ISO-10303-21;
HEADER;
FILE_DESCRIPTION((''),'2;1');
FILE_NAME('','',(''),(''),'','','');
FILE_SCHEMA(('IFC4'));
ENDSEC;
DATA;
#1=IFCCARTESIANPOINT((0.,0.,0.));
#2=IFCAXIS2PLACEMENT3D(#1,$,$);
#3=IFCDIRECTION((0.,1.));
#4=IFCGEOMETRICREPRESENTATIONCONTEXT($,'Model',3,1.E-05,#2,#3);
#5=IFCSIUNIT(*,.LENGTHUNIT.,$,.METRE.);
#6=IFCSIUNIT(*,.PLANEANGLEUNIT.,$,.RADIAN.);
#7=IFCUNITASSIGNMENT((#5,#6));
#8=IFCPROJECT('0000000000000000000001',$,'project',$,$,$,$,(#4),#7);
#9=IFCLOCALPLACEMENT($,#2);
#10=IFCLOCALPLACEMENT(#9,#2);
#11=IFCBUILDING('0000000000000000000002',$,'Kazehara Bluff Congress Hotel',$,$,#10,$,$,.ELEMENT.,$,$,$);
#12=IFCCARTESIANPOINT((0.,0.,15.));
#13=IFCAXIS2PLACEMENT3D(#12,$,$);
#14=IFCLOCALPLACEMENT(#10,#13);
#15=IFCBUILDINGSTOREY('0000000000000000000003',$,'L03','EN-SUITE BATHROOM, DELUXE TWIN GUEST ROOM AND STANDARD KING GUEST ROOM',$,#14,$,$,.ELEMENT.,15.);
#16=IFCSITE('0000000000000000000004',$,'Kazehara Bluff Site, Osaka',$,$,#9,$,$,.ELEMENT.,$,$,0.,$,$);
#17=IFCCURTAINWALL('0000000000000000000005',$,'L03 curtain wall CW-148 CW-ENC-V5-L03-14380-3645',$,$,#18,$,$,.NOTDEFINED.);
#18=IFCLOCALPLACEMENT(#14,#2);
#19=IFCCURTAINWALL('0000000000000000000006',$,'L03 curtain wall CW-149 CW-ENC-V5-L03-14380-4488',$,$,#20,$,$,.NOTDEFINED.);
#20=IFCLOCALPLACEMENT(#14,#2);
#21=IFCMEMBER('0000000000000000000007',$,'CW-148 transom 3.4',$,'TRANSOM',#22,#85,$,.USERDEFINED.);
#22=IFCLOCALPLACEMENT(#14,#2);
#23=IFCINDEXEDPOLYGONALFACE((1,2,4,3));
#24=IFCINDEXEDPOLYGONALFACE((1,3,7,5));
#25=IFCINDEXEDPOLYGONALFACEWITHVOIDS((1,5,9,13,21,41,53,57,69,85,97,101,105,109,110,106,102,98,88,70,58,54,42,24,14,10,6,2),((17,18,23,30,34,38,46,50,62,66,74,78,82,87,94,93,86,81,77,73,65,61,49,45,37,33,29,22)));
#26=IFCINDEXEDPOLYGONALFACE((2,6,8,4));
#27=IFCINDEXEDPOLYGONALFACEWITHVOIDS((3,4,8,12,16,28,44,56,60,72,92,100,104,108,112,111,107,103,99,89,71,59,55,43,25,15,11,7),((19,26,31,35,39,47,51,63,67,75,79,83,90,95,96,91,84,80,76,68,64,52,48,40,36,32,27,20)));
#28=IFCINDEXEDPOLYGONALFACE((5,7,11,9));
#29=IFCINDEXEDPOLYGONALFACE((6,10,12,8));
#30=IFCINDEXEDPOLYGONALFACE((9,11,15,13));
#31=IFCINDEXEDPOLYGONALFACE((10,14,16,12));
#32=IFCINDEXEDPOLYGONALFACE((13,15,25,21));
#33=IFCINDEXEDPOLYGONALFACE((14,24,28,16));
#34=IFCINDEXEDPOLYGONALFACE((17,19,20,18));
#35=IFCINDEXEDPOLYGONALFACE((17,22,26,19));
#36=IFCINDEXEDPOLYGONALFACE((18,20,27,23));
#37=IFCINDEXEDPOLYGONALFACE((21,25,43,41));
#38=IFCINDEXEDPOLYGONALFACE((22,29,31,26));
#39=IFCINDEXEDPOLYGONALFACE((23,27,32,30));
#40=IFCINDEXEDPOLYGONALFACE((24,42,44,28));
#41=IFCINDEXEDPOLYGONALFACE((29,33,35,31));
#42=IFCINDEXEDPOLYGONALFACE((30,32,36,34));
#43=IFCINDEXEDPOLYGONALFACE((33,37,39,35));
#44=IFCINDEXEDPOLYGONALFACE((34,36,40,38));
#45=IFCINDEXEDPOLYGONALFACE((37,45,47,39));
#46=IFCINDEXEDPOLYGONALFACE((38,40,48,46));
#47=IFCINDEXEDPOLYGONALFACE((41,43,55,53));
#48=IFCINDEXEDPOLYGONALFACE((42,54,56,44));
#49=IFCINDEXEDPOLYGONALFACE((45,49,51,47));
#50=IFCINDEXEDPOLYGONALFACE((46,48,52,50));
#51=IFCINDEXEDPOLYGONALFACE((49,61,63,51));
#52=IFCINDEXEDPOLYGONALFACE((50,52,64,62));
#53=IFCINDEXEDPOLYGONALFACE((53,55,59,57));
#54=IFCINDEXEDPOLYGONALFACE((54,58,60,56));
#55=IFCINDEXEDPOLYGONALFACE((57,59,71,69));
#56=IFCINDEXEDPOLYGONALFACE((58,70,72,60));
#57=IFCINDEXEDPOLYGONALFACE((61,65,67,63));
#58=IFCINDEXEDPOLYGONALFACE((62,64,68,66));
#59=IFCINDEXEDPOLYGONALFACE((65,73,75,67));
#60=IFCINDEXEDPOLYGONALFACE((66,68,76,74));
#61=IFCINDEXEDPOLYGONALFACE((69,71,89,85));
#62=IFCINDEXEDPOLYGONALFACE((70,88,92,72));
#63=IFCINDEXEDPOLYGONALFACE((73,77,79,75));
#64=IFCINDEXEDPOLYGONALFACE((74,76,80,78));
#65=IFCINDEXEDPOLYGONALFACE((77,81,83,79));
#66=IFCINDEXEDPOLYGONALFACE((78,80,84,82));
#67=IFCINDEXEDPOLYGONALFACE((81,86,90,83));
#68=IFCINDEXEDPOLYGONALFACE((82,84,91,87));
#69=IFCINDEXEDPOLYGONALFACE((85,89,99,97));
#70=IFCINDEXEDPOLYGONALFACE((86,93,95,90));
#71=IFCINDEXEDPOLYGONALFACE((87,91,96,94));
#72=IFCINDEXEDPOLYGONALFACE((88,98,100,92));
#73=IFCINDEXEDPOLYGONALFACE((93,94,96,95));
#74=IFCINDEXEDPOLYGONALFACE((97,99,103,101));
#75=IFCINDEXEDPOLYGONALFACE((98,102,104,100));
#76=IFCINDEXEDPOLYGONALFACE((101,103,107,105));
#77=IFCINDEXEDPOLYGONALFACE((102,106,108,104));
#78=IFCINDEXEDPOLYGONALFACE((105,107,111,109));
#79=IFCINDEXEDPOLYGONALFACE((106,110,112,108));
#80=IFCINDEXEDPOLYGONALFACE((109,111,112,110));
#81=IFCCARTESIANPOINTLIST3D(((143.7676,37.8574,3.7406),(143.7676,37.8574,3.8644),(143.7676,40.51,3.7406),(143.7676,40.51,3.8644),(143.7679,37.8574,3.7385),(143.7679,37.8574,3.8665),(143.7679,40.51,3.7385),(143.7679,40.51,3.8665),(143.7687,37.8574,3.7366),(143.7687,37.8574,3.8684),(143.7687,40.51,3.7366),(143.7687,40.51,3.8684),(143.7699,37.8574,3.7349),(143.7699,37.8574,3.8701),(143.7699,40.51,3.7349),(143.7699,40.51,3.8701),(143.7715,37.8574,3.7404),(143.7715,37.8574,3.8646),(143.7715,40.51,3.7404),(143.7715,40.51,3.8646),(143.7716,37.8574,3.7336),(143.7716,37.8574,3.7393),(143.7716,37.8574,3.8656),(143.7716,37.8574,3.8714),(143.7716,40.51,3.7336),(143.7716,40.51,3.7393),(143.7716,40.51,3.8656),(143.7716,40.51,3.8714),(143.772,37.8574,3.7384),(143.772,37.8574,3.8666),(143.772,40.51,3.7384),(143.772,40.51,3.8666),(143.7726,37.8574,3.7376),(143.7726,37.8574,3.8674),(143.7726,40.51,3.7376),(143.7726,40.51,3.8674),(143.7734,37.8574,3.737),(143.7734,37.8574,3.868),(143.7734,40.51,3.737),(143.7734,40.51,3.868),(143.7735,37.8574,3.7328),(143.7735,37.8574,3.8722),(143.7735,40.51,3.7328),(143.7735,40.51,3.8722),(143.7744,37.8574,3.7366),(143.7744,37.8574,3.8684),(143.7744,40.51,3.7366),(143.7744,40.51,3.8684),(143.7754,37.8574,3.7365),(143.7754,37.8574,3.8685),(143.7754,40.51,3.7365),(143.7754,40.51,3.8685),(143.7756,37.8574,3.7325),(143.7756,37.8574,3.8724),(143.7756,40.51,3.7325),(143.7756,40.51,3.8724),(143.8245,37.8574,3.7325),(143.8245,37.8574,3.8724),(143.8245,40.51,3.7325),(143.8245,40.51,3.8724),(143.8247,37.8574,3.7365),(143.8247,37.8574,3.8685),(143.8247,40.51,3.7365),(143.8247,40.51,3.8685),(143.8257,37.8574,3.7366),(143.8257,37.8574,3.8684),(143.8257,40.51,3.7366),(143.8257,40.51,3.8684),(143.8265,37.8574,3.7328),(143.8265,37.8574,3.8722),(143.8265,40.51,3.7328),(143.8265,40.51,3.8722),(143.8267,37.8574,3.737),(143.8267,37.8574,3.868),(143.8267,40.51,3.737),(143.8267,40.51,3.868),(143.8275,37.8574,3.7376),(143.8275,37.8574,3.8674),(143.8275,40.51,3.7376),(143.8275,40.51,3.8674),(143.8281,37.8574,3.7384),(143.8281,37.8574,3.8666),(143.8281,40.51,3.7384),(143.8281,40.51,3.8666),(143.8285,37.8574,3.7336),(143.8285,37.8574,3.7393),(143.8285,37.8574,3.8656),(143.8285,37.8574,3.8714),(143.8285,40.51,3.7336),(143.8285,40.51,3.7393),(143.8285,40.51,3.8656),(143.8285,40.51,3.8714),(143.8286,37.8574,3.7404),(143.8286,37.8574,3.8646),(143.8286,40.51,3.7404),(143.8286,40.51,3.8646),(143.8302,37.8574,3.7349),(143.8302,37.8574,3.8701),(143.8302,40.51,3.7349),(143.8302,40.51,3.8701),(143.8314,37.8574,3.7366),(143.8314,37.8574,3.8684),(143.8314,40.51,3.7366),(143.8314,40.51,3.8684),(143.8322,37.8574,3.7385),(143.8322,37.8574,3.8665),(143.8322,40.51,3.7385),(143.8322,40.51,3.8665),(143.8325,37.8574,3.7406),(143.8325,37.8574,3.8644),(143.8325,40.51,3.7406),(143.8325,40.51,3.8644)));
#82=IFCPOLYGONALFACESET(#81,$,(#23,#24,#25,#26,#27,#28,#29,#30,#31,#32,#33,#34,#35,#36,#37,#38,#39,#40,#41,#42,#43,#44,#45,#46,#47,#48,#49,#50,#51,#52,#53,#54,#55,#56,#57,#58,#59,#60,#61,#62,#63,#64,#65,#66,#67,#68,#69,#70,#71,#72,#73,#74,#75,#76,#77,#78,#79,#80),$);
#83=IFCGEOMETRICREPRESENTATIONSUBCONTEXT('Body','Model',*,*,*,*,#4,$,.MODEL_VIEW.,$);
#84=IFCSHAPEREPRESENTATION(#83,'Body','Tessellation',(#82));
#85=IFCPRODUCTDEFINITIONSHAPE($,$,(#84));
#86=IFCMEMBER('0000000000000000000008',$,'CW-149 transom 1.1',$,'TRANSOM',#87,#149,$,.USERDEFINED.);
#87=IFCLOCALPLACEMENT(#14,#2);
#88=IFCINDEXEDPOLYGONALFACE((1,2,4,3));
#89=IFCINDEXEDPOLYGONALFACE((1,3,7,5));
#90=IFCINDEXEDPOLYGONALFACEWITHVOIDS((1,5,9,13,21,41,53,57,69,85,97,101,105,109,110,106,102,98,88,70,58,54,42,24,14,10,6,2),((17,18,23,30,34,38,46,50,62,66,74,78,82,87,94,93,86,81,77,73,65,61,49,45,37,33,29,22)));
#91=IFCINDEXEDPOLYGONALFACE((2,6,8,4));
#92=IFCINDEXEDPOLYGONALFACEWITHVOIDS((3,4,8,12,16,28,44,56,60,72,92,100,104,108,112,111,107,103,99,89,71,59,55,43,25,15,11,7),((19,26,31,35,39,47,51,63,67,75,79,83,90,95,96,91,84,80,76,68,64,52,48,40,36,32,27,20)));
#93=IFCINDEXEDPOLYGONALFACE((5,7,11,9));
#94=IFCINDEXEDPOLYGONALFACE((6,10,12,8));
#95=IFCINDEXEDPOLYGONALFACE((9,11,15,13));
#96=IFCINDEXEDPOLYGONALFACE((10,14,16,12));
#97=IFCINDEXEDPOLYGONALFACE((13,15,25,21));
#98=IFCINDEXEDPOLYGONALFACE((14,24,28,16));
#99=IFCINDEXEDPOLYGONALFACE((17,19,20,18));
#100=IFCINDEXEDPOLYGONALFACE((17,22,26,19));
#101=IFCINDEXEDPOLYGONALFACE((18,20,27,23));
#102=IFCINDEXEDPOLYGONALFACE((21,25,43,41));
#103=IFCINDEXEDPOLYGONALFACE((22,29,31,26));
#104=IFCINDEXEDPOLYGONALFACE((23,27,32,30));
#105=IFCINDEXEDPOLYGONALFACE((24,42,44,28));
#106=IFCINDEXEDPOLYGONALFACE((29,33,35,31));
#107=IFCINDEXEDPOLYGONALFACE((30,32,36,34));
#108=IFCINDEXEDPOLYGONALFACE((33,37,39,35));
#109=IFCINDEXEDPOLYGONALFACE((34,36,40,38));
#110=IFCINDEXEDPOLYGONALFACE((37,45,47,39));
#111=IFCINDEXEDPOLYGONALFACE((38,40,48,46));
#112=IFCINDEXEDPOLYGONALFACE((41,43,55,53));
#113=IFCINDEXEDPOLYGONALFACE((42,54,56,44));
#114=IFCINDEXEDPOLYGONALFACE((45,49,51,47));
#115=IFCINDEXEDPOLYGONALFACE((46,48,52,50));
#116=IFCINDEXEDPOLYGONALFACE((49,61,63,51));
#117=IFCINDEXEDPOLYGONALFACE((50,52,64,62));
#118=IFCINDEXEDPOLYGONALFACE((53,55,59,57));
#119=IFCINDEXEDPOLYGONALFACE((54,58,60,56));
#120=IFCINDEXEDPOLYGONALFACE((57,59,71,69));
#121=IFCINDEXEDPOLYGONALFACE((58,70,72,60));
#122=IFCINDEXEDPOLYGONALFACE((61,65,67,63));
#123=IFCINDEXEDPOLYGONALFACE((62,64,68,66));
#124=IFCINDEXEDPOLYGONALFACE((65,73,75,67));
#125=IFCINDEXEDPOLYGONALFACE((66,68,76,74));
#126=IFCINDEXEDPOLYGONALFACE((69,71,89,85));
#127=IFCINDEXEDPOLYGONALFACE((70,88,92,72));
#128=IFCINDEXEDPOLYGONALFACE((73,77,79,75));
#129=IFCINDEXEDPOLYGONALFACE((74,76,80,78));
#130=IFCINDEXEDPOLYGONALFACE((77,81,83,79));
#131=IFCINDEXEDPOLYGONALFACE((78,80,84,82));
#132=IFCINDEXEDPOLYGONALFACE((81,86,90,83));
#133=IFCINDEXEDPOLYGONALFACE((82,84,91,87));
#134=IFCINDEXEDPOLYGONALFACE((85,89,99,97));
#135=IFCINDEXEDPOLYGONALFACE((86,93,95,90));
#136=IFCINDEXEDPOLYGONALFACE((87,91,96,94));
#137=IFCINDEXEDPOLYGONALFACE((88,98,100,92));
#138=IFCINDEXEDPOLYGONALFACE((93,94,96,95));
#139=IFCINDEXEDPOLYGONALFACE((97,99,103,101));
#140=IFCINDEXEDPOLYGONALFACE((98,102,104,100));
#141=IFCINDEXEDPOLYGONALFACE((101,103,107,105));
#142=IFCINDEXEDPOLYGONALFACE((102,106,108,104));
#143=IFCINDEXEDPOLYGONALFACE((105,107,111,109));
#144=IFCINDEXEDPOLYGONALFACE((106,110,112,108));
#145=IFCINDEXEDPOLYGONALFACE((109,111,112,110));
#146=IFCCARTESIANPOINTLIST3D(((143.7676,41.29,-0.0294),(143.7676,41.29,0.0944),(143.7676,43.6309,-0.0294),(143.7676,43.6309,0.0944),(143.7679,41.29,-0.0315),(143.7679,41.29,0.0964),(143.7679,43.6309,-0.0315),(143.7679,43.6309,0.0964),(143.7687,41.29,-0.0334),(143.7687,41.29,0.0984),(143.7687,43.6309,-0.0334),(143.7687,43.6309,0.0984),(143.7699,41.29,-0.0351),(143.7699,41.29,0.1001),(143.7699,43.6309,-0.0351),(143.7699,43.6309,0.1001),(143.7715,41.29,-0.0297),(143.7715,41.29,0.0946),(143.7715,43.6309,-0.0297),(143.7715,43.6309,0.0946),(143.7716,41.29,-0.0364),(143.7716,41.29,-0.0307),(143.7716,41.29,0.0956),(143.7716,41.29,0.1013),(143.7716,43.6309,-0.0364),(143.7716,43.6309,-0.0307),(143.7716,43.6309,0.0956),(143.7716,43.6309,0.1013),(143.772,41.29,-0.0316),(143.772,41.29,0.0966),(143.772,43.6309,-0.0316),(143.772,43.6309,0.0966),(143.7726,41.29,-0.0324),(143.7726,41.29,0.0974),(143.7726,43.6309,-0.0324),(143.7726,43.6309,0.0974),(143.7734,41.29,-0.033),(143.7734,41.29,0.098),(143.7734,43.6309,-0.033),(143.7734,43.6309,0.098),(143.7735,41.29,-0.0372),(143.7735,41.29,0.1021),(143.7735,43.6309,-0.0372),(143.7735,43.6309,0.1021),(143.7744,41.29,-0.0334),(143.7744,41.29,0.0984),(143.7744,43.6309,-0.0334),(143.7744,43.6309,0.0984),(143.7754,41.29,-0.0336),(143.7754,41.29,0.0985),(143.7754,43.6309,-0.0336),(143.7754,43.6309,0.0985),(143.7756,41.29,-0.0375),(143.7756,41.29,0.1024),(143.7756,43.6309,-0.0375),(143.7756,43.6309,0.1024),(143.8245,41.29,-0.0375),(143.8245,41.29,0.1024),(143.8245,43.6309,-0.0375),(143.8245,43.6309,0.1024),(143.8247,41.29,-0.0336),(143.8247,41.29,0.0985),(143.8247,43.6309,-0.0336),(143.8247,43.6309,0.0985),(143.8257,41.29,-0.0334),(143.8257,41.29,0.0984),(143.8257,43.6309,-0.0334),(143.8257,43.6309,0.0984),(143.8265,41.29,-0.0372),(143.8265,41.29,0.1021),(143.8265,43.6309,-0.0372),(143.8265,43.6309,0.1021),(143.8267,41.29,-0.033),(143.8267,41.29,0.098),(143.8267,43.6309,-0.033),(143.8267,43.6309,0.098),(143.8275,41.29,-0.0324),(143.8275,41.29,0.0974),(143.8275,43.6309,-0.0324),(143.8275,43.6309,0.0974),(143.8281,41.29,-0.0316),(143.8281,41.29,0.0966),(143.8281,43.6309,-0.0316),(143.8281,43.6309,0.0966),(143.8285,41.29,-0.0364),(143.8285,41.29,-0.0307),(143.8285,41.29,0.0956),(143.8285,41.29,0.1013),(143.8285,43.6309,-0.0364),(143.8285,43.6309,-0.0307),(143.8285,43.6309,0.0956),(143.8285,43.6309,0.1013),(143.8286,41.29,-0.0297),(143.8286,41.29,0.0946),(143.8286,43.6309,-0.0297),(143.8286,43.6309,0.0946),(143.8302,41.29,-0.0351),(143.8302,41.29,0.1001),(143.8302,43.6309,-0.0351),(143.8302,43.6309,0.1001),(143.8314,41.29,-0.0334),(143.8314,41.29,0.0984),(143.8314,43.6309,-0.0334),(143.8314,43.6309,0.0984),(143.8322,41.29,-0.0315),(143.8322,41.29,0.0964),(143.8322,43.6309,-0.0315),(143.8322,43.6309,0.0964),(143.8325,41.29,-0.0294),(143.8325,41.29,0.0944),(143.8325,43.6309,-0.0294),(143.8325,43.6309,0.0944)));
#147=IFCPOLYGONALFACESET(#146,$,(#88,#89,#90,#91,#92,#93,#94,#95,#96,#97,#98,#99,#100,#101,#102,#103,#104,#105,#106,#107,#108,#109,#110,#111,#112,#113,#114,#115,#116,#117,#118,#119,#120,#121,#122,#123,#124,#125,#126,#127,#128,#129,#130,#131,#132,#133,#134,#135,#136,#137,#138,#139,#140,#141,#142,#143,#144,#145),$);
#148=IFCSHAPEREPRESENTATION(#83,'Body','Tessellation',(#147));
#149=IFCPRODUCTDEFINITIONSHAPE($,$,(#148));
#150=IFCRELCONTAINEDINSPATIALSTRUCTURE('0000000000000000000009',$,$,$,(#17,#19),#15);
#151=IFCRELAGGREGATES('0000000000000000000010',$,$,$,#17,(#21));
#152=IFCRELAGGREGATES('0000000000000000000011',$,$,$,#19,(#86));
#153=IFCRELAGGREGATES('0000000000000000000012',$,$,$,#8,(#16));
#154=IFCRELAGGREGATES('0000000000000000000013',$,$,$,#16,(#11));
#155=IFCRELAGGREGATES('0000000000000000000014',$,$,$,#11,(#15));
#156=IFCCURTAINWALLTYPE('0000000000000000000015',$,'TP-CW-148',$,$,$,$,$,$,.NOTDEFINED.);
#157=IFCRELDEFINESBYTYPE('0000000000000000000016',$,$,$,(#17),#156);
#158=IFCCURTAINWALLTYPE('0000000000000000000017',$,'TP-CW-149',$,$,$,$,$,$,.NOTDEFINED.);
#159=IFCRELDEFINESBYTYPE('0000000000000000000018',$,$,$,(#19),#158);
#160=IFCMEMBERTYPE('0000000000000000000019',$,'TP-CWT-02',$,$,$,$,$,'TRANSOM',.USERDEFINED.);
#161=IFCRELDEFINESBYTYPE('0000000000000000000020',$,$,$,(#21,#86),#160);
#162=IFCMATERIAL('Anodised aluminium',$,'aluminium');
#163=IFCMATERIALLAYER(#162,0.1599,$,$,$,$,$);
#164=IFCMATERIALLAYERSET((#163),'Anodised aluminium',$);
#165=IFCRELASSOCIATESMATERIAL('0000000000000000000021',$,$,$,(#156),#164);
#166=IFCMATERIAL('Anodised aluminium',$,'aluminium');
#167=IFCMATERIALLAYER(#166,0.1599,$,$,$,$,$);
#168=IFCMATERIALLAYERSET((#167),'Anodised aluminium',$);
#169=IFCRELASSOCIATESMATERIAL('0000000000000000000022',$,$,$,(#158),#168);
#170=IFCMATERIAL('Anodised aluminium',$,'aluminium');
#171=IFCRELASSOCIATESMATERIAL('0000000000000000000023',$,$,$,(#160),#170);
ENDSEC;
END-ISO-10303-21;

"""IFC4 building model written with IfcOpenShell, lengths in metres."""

from ifc_helpers import new_model, si_unit, direction, frame, origin, origin_2d, place, context, subcontext, project, spatial, hollow_rectangle, extrude, material, layer, layer_set, material_profile, profile_set, type_object, element, aggregate, save


model = new_model("IFC4")

# Units and contexts
model_context = context("Model", 3, precision=1e-05, world=origin(), true_north=direction((0.0, 1.0)))
body_context = subcontext(model_context, "Body", "Model", "MODEL_VIEW")
ifc_project = project(units=[si_unit("LENGTHUNIT", "METRE"), si_unit("PLANEANGLEUNIT", "RADIAN")], contexts=[model_context])

# Site, building, storey
site_placement = place(None, origin())
site = spatial("IfcSite", under=ifc_project, at=site_placement, Name="Kazehara Bluff Site, Osaka", CompositionType="ELEMENT", RefElevation=0.0)
building_placement = place(site_placement, origin())
building = spatial("IfcBuilding", under=site, at=building_placement, Name="Kazehara Bluff Congress Hotel", CompositionType="ELEMENT")
storey_placement = place(building_placement, frame((0.0, 0.0, 15.0)))
storey = spatial("IfcBuildingStorey", under=building, at=storey_placement, Name="L03", Description="EN-SUITE BATHROOM, DELUXE TWIN GUEST ROOM AND STANDARD KING GUEST ROOM", CompositionType="ELEMENT", Elevation=15.0)

# Curtain walls
ifc_material_1 = material(Name="Anodised aluminium", Category="aluminium")
ifc_layer_1 = layer(ifc_material_1, 0.1599)
ifc_layer_set_1 = layer_set([ifc_layer_1], Name="Anodised aluminium")
curtain_wall_type_1 = type_object("IfcCurtainWallType", Name="TP-CW-148", PredefinedType="NOTDEFINED", material=ifc_layer_set_1)
curtain_wall_1_placement = place(storey_placement, origin())
curtain_wall_1 = element("IfcCurtainWall", 1, at=curtain_wall_1_placement, inside=storey, type_object=curtain_wall_type_1, Name="L03 curtain wall CW-148 CW-ENC-V5-L03-14380-3645", PredefinedType="NOTDEFINED")
ifc_material_2 = material(Name="Anodised aluminium", Category="aluminium")
ifc_layer_2 = layer(ifc_material_2, 0.1599)
ifc_layer_set_2 = layer_set([ifc_layer_2], Name="Anodised aluminium")
curtain_wall_type_2 = type_object("IfcCurtainWallType", Name="TP-CW-149", PredefinedType="NOTDEFINED", material=ifc_layer_set_2)
curtain_wall_2_placement = place(storey_placement, origin())
curtain_wall_2 = element("IfcCurtainWall", 2, at=curtain_wall_2_placement, inside=storey, type_object=curtain_wall_type_2, Name="L03 curtain wall CW-149 CW-ENC-V5-L03-14380-4488", PredefinedType="NOTDEFINED")

# Members
ifc_material_3 = material(Name="Anodised aluminium", Category="aluminium")
ifc_material_profile_1 = material_profile(ifc_material_3, hollow_rectangle(XDim=0.0649, YDim=0.1399, WallThickness=0.0039, InnerFilletRadius=0.0039, OuterFilletRadius=0.0081, at=origin_2d()))
ifc_profile_set_1 = profile_set([ifc_material_profile_1], Name="Anodised aluminium")
member_type_1 = type_object("IfcMemberType", Name="TP-CWT-02", ElementType="TRANSOM", PredefinedType="USERDEFINED", material=ifc_profile_set_1)
member_1_placement = place(storey_placement, frame((143.8, 37.8574, 3.8025), z_axis=(0.0, 1.0, 0.0), x_axis=(-1.0, 0.0, 0.0)))
member_1 = element("IfcMember", 3, at=member_1_placement, type_object=member_type_1, Name="CW-148 transom 3.4", ObjectType="TRANSOM", PredefinedType="USERDEFINED", context=body_context, shape_type="SweptSolid", body=[
    extrude(hollow_rectangle(XDim=0.0649, YDim=0.1399, WallThickness=0.0039, InnerFilletRadius=0.0039, OuterFilletRadius=0.0081, at=origin_2d()), origin(), (0.0, 0.0, 1.0), 2.6526),
])
member_2_placement = place(storey_placement, frame((143.8, 41.29, 0.0325), z_axis=(0.0, 1.0, 0.0), x_axis=(-1.0, 0.0, 0.0)))
member_2 = element("IfcMember", 4, at=member_2_placement, type_object=member_type_1, Name="CW-149 transom 1.1", ObjectType="TRANSOM", PredefinedType="USERDEFINED", context=body_context, shape_type="SweptSolid", body=[
    extrude(hollow_rectangle(XDim=0.0649, YDim=0.1399, WallThickness=0.0039, InnerFilletRadius=0.0039, OuterFilletRadius=0.0081, at=origin_2d()), origin(), (0.0, 0.0, 1.0), 2.3408),
])

aggregate(curtain_wall_1, [member_1])
aggregate(curtain_wall_2, [member_2])

save(model, "model.ifc")
